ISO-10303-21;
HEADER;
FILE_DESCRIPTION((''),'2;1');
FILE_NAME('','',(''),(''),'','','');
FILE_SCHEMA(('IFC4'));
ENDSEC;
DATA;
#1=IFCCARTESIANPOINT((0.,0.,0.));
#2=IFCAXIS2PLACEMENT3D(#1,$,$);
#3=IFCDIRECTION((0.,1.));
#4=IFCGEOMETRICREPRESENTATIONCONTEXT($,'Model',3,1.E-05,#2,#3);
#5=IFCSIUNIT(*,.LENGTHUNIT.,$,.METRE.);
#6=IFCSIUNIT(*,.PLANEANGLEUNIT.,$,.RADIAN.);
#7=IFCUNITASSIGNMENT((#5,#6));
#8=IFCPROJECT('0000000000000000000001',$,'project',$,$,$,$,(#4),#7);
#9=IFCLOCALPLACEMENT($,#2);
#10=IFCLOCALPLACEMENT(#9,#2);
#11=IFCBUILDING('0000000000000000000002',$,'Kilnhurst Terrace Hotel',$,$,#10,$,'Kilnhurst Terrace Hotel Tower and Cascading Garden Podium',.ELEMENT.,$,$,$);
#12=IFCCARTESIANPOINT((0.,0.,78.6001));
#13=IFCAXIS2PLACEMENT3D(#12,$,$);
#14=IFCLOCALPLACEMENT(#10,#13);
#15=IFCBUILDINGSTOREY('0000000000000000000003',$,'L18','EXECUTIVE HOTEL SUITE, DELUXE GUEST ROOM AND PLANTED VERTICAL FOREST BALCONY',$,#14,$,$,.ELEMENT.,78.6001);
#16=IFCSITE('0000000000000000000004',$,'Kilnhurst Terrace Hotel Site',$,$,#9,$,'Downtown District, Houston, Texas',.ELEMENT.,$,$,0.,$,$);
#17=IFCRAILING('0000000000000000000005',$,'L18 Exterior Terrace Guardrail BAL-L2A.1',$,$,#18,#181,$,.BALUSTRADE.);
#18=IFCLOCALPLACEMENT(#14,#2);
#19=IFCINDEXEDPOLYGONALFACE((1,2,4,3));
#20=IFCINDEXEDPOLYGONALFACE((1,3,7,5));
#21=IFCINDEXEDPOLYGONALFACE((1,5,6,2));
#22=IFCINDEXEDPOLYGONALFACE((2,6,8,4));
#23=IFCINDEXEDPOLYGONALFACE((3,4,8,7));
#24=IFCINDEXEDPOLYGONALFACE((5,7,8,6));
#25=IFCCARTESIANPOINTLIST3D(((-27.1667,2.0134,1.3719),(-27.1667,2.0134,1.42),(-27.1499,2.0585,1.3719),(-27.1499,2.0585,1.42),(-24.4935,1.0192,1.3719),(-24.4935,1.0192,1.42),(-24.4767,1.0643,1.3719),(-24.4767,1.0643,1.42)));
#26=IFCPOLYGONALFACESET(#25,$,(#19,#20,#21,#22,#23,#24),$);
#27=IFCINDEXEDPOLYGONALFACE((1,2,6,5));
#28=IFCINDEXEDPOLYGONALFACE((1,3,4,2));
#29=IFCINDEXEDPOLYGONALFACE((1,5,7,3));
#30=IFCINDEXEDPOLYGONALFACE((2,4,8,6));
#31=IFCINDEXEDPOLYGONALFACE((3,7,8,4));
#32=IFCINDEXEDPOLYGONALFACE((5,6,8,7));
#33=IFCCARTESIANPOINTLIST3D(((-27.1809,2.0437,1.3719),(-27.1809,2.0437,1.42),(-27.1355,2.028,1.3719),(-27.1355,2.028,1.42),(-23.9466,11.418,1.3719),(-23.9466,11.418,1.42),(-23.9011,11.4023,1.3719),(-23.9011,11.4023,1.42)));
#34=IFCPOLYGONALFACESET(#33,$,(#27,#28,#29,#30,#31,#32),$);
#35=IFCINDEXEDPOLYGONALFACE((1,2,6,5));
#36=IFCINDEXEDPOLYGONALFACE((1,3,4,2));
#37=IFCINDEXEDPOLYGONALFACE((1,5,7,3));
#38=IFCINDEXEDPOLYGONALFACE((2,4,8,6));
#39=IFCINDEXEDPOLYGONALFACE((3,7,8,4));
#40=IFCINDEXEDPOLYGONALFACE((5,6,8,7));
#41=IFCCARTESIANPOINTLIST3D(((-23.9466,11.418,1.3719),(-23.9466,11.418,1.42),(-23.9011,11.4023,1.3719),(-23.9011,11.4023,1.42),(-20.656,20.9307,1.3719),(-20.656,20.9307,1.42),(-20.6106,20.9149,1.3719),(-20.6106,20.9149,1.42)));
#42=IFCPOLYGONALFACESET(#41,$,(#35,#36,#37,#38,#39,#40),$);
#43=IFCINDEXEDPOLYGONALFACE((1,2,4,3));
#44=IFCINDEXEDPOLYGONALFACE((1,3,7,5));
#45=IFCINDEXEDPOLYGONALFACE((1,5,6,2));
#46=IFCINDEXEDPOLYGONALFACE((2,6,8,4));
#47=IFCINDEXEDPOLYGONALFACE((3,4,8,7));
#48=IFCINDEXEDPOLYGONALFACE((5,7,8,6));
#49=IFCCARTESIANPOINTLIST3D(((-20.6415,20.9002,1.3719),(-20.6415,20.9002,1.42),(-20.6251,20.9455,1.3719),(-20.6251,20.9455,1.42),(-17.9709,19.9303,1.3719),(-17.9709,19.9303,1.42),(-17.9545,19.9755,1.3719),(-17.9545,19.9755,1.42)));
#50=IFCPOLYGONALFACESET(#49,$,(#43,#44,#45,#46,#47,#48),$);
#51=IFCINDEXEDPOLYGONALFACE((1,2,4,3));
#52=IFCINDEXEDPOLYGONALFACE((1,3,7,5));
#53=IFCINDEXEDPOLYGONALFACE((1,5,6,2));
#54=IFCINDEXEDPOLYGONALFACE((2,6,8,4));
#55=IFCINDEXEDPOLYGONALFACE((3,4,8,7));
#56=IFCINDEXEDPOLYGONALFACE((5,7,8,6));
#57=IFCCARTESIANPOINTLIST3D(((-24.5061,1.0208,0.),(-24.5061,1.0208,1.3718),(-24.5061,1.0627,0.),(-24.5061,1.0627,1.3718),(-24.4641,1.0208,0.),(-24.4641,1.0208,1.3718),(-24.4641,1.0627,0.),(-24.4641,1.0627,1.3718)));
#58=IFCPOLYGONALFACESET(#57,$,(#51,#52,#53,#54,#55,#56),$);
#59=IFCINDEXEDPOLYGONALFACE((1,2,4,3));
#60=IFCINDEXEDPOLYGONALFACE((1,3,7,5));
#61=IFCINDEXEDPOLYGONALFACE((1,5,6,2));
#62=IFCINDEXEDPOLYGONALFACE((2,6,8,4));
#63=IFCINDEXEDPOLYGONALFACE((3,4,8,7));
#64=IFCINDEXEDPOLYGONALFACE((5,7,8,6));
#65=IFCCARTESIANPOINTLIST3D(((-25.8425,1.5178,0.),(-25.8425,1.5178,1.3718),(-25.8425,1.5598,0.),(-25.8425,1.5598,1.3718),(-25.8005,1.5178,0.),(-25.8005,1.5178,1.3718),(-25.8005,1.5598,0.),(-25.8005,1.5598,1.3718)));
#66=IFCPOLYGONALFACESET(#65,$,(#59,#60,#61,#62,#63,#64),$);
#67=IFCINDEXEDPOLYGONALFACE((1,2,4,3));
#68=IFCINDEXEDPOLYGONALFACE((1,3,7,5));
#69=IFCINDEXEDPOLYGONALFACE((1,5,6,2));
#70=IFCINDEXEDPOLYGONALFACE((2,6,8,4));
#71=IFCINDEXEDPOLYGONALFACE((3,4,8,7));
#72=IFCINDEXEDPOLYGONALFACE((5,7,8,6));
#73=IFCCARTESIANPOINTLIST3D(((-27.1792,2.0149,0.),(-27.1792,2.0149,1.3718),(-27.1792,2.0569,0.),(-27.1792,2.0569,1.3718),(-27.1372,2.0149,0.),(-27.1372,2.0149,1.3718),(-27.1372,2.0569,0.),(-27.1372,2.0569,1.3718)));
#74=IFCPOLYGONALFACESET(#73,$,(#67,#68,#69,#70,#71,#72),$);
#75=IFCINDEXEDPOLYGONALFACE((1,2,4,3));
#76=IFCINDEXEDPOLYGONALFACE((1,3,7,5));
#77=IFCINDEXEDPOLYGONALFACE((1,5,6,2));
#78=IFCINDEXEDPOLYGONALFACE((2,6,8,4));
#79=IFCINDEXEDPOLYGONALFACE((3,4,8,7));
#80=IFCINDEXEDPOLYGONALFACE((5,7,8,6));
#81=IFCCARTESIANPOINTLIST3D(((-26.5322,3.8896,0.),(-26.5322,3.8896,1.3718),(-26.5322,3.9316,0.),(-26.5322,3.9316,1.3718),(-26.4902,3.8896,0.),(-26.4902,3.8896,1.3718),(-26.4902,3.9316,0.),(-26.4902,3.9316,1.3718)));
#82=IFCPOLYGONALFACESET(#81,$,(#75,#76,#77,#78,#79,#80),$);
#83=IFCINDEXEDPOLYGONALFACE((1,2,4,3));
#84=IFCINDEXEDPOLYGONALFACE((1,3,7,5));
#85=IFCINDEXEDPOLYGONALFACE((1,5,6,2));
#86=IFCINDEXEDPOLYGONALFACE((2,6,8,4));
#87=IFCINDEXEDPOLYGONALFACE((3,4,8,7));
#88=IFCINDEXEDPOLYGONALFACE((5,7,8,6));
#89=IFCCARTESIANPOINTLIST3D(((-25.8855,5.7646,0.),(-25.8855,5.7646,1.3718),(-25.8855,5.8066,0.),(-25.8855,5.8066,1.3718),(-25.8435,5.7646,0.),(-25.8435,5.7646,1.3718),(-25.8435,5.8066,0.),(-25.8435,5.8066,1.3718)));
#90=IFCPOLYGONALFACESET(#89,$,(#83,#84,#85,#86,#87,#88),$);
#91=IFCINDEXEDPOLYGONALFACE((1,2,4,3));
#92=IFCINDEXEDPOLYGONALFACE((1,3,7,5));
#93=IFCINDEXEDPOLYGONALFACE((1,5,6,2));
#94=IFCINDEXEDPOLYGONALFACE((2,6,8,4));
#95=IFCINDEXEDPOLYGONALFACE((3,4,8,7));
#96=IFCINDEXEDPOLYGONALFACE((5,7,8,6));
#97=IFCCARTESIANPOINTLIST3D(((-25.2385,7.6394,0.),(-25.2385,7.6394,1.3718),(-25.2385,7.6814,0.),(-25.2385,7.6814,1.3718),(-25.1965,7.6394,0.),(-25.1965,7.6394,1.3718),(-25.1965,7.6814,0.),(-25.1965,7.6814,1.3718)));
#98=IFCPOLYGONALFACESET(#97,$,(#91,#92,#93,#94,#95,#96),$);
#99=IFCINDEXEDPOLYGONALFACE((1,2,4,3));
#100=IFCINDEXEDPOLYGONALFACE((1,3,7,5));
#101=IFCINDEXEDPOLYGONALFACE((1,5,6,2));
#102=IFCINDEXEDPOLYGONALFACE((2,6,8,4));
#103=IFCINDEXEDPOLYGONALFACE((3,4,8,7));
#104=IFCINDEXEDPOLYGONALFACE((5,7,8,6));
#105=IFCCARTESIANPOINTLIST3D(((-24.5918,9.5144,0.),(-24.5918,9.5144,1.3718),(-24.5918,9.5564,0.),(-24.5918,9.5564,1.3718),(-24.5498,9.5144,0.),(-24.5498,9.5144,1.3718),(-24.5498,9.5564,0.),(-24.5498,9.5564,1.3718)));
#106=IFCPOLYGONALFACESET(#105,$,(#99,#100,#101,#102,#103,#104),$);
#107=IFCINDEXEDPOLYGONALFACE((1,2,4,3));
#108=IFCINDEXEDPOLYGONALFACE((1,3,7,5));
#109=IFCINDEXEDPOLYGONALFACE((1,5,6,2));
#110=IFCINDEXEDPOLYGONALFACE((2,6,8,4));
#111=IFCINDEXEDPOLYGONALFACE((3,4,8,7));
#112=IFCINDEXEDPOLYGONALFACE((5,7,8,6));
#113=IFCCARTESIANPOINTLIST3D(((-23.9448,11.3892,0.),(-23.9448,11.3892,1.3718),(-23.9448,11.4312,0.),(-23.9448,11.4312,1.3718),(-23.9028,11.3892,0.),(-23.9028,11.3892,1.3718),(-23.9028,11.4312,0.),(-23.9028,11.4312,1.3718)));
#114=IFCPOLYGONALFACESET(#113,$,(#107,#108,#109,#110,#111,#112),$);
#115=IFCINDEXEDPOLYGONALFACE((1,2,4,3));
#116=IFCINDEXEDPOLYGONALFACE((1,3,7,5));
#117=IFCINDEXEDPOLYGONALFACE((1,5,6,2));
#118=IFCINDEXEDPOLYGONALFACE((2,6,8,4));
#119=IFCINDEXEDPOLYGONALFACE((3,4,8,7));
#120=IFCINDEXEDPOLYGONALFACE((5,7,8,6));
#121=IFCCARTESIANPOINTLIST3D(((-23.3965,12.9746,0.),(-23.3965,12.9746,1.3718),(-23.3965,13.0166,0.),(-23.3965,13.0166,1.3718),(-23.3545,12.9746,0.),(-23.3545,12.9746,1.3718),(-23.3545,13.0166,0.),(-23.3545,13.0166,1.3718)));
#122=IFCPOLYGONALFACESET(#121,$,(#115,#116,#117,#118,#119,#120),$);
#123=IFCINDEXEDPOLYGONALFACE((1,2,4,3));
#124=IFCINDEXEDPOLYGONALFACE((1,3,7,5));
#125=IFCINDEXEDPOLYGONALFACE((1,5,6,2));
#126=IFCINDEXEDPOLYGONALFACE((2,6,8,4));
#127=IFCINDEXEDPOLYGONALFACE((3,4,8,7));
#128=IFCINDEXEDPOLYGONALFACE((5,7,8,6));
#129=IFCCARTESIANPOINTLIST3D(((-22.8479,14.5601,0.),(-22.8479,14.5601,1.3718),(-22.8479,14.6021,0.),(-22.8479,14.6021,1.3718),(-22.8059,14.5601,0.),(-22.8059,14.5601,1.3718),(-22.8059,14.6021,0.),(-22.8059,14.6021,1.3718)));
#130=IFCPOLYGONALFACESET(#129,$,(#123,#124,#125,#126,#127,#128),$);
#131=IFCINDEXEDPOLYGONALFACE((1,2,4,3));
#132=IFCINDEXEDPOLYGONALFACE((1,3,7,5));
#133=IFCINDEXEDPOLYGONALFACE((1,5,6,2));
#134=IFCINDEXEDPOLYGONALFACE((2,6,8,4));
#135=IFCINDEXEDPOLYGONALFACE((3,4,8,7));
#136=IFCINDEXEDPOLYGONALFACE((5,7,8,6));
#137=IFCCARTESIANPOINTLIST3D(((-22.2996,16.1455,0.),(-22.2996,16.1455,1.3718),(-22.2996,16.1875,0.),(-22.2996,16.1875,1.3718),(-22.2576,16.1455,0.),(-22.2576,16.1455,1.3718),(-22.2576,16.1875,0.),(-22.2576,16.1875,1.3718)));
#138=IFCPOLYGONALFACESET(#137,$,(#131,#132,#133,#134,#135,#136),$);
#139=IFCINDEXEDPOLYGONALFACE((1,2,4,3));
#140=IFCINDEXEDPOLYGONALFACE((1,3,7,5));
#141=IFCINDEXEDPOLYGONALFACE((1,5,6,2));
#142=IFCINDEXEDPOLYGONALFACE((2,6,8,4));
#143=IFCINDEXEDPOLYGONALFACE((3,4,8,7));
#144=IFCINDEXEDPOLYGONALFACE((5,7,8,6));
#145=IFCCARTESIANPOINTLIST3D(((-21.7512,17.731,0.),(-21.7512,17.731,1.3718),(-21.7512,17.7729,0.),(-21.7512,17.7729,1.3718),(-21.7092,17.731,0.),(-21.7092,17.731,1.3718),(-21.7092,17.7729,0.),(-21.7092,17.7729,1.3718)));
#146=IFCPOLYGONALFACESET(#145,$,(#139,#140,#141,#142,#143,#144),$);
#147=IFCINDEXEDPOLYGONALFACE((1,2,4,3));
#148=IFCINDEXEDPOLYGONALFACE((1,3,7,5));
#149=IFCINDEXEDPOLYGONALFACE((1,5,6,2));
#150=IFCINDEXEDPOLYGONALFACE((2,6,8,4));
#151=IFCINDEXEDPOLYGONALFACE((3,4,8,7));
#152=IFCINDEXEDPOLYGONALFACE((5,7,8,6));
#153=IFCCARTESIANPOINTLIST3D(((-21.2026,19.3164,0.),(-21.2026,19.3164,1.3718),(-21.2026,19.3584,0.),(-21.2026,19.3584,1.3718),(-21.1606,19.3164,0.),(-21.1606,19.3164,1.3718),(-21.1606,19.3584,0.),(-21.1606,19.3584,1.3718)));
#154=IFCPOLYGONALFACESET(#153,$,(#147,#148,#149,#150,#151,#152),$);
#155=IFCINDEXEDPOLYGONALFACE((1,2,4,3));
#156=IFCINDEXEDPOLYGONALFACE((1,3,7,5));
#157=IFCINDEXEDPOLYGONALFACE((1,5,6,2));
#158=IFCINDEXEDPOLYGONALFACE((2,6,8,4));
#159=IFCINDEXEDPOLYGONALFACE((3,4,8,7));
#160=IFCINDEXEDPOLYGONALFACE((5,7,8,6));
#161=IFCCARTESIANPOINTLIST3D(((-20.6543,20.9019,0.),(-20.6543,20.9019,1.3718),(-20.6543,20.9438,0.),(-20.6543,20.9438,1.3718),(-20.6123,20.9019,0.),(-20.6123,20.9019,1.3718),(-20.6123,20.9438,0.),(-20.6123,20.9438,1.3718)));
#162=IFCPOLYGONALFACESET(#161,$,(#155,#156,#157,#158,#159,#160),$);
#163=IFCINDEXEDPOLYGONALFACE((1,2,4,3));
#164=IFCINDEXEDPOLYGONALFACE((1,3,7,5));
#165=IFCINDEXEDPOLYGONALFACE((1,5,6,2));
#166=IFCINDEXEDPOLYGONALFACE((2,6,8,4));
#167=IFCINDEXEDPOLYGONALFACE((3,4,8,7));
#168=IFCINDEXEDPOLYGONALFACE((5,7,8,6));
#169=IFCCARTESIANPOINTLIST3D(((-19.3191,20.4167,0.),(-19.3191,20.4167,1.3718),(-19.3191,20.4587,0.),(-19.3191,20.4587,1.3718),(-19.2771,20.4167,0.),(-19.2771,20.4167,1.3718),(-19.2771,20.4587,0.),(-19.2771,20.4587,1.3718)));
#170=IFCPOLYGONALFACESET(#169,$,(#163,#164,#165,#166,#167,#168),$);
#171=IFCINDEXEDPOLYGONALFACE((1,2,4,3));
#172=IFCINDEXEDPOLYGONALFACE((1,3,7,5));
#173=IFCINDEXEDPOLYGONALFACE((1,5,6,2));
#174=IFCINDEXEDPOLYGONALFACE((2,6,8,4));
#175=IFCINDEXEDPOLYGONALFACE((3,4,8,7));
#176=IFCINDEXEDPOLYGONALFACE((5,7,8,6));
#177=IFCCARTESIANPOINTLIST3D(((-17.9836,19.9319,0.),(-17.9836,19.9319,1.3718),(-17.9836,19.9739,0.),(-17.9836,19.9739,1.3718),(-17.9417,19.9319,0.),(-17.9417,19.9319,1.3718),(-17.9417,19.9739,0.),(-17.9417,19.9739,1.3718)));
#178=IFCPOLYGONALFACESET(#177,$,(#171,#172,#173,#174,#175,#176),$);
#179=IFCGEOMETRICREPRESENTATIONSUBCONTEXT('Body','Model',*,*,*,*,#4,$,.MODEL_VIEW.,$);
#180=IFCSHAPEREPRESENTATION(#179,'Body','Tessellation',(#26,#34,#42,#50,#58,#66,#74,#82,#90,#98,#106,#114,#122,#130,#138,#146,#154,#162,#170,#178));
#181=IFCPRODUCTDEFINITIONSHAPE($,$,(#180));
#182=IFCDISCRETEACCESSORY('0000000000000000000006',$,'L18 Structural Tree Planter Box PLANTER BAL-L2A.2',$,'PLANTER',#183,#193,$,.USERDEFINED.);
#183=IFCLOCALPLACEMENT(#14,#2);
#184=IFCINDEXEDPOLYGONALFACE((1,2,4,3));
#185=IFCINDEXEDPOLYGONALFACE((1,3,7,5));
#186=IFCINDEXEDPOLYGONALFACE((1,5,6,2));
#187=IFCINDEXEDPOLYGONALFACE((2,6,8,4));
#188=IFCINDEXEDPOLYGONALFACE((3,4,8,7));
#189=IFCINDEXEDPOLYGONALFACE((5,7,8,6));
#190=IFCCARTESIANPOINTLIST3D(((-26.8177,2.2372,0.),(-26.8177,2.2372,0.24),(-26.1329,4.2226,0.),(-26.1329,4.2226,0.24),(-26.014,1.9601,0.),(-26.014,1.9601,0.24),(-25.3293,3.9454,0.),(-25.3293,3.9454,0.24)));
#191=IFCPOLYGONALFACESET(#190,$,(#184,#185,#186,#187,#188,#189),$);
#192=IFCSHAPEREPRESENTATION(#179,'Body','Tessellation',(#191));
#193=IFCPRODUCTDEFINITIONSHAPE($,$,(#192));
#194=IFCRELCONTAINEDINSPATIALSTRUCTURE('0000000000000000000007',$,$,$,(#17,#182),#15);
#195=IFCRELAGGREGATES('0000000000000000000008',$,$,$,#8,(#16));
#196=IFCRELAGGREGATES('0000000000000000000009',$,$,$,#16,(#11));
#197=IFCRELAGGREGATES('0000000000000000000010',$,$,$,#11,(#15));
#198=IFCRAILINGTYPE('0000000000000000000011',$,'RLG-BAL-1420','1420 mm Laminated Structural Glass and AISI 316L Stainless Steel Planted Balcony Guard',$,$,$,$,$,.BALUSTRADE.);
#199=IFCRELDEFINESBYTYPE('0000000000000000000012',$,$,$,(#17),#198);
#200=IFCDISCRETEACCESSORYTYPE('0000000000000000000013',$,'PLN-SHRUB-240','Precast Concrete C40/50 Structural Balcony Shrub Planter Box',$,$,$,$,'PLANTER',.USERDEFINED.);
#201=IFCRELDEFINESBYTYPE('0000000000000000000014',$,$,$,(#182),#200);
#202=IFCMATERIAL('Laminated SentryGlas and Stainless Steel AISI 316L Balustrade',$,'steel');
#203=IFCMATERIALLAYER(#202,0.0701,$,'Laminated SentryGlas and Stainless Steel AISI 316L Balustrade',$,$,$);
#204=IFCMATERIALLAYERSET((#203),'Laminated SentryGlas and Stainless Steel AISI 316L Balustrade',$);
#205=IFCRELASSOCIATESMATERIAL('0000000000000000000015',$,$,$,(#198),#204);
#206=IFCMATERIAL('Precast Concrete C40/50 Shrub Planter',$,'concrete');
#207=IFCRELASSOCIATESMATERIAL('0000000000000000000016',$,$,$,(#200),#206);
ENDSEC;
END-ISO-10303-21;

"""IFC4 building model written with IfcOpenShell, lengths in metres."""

from ifc_helpers import new_model, si_unit, direction, frame, origin, origin_2d, place, context, subcontext, project, spatial, rectangle, extrude, material, layer, layer_set, type_object, element, save


model = new_model("IFC4")

# Units and contexts
model_context = context("Model", 3, precision=1e-05, world=origin(), true_north=direction((0.0, 1.0)))
body_context = subcontext(model_context, "Body", "Model", "MODEL_VIEW")
ifc_project = project(units=[si_unit("LENGTHUNIT", "METRE"), si_unit("PLANEANGLEUNIT", "RADIAN")], contexts=[model_context])

# Site, building, storey
site_placement = place(None, origin())
site = spatial("IfcSite", under=ifc_project, at=site_placement, Name="Kilnhurst Terrace Hotel Site", LongName="Downtown District, Houston, Texas", CompositionType="ELEMENT", RefElevation=0.0)
building_placement = place(site_placement, origin())
building = spatial("IfcBuilding", under=site, at=building_placement, Name="Kilnhurst Terrace Hotel", LongName="Kilnhurst Terrace Hotel Tower and Cascading Garden Podium", CompositionType="ELEMENT")
storey_placement = place(building_placement, frame((0.0, 0.0, 78.6001)))
storey = spatial("IfcBuildingStorey", under=building, at=storey_placement, Name="L18", Description="EXECUTIVE HOTEL SUITE, DELUXE GUEST ROOM AND PLANTED VERTICAL FOREST BALCONY", CompositionType="ELEMENT", Elevation=78.6001)

# Railing
ifc_material_1 = material(Name="Laminated SentryGlas and Stainless Steel AISI 316L Balustrade", Category="steel")
ifc_layer_1 = layer(ifc_material_1, 0.0701, Name="Laminated SentryGlas and Stainless Steel AISI 316L Balustrade")
ifc_layer_set_1 = layer_set([ifc_layer_1], Name="Laminated SentryGlas and Stainless Steel AISI 316L Balustrade")
railing_type = type_object("IfcRailingType", Name="RLG-BAL-1420", Description="1420 mm Laminated Structural Glass and AISI 316L Stainless Steel Planted Balcony Guard", PredefinedType="BALUSTRADE", material=ifc_layer_set_1)
railing_placement = place(storey_placement, frame((-24.4851, 1.0417, 0.0)))
element("IfcRailing", 1, at=railing_placement, inside=storey, type_object=railing_type, Name="L18 Exterior Terrace Guardrail BAL-L2A.1", PredefinedType="BALUSTRADE", context=body_context, shape_type="SweptSolid", body=[
    extrude(rectangle(XDim=0.0481, YDim=0.0481, at=origin_2d()), frame((0.0, 0.0, 1.396), z_axis=(-0.937279, 0.34858, 0.0), x_axis=(-0.34858, -0.937279, 0.0)), (0.0, 0.0, 1.0), 2.8521),
    extrude(rectangle(XDim=0.0481, YDim=0.0481, at=origin_2d()), frame((-2.6731, 0.9941, 1.396), z_axis=(0.326159, 0.945315, 0.0), x_axis=(-0.945315, 0.326159, 0.0)), (0.0, 0.0, 1.0), 9.9165),
    extrude(rectangle(XDim=0.0481, YDim=0.0481, at=origin_2d()), frame((0.5613, 10.3684, 1.396), z_axis=(0.326904, 0.945058, 0.0), x_axis=(-0.945058, 0.326904, 0.0)), (0.0, 0.0, 1.0), 10.0657),
    extrude(rectangle(XDim=0.0481, YDim=0.0481, at=origin_2d()), frame((3.8518, 19.8811, 1.396), z_axis=(0.939926, -0.341377, 0.0), x_axis=(0.341377, 0.939926, 0.0)), (0.0, 0.0, 1.0), 2.8413),
    extrude(rectangle(XDim=0.042, YDim=0.042, at=origin_2d()), origin(), (0.0, 0.0, 1.0), 1.3718),
    extrude(rectangle(XDim=0.042, YDim=0.042, at=origin_2d()), frame((-1.3364, 0.4971, 0.0)), (0.0, 0.0, 1.0), 1.3718),
    extrude(rectangle(XDim=0.042, YDim=0.042, at=origin_2d()), frame((-2.6731, 0.9941, 0.0)), (0.0, 0.0, 1.0), 1.3718),
    extrude(rectangle(XDim=0.042, YDim=0.042, at=origin_2d()), frame((-2.0261, 2.8689, 0.0)), (0.0, 0.0, 1.0), 1.3718),
    extrude(rectangle(XDim=0.042, YDim=0.042, at=origin_2d()), frame((-1.3794, 4.7439, 0.0)), (0.0, 0.0, 1.0), 1.3718),
    extrude(rectangle(XDim=0.042, YDim=0.042, at=origin_2d()), frame((-0.7324, 6.6187, 0.0)), (0.0, 0.0, 1.0), 1.3718),
    extrude(rectangle(XDim=0.042, YDim=0.042, at=origin_2d()), frame((-0.0857, 8.4937, 0.0)), (0.0, 0.0, 1.0), 1.3718),
    extrude(rectangle(XDim=0.042, YDim=0.042, at=origin_2d()), frame((0.5613, 10.3684, 0.0)), (0.0, 0.0, 1.0), 1.3718),
    extrude(rectangle(XDim=0.042, YDim=0.042, at=origin_2d()), frame((1.1096, 11.9539, 0.0)), (0.0, 0.0, 1.0), 1.3718),
    extrude(rectangle(XDim=0.042, YDim=0.042, at=origin_2d()), frame((1.6582, 13.5393, 0.0)), (0.0, 0.0, 1.0), 1.3718),
    extrude(rectangle(XDim=0.042, YDim=0.042, at=origin_2d()), frame((2.2065, 15.1248, 0.0)), (0.0, 0.0, 1.0), 1.3718),
    extrude(rectangle(XDim=0.042, YDim=0.042, at=origin_2d()), frame((2.7549, 16.7102, 0.0)), (0.0, 0.0, 1.0), 1.3718),
    extrude(rectangle(XDim=0.042, YDim=0.042, at=origin_2d()), frame((3.3035, 18.2957, 0.0)), (0.0, 0.0, 1.0), 1.3718),
    extrude(rectangle(XDim=0.042, YDim=0.042, at=origin_2d()), frame((3.8518, 19.8811, 0.0)), (0.0, 0.0, 1.0), 1.3718),
    extrude(rectangle(XDim=0.042, YDim=0.042, at=origin_2d()), frame((5.187, 19.396, 0.0)), (0.0, 0.0, 1.0), 1.3718),
    extrude(rectangle(XDim=0.042, YDim=0.042, at=origin_2d()), frame((6.5225, 18.9111, 0.0)), (0.0, 0.0, 1.0), 1.3718),
])

# Discrete accessory
ifc_material_2 = material(Name="Precast Concrete C40/50 Shrub Planter", Category="concrete")
discrete_accessory_type = type_object("IfcDiscreteAccessoryType", Name="PLN-SHRUB-240", Description="Precast Concrete C40/50 Structural Balcony Shrub Planter Box", ElementType="PLANTER", PredefinedType="USERDEFINED", material=ifc_material_2)
discrete_accessory_placement = place(storey_placement, frame((-26.0735, 3.0913, 0.0), z_axis=(0.0, 0.0, 1.0), x_axis=(-0.326063, -0.945348, 0.0)))
element("IfcDiscreteAccessory", 2, at=discrete_accessory_placement, inside=storey, type_object=discrete_accessory_type, Name="L18 Structural Tree Planter Box PLANTER BAL-L2A.2", ObjectType="PLANTER", PredefinedType="USERDEFINED", context=body_context, shape_type="SweptSolid", body=[
    extrude(rectangle(XDim=2.1001, YDim=0.8501, at=origin_2d()), origin(), (0.0, 0.0, 1.0), 0.24),
])

save(model, "model.ifc")
